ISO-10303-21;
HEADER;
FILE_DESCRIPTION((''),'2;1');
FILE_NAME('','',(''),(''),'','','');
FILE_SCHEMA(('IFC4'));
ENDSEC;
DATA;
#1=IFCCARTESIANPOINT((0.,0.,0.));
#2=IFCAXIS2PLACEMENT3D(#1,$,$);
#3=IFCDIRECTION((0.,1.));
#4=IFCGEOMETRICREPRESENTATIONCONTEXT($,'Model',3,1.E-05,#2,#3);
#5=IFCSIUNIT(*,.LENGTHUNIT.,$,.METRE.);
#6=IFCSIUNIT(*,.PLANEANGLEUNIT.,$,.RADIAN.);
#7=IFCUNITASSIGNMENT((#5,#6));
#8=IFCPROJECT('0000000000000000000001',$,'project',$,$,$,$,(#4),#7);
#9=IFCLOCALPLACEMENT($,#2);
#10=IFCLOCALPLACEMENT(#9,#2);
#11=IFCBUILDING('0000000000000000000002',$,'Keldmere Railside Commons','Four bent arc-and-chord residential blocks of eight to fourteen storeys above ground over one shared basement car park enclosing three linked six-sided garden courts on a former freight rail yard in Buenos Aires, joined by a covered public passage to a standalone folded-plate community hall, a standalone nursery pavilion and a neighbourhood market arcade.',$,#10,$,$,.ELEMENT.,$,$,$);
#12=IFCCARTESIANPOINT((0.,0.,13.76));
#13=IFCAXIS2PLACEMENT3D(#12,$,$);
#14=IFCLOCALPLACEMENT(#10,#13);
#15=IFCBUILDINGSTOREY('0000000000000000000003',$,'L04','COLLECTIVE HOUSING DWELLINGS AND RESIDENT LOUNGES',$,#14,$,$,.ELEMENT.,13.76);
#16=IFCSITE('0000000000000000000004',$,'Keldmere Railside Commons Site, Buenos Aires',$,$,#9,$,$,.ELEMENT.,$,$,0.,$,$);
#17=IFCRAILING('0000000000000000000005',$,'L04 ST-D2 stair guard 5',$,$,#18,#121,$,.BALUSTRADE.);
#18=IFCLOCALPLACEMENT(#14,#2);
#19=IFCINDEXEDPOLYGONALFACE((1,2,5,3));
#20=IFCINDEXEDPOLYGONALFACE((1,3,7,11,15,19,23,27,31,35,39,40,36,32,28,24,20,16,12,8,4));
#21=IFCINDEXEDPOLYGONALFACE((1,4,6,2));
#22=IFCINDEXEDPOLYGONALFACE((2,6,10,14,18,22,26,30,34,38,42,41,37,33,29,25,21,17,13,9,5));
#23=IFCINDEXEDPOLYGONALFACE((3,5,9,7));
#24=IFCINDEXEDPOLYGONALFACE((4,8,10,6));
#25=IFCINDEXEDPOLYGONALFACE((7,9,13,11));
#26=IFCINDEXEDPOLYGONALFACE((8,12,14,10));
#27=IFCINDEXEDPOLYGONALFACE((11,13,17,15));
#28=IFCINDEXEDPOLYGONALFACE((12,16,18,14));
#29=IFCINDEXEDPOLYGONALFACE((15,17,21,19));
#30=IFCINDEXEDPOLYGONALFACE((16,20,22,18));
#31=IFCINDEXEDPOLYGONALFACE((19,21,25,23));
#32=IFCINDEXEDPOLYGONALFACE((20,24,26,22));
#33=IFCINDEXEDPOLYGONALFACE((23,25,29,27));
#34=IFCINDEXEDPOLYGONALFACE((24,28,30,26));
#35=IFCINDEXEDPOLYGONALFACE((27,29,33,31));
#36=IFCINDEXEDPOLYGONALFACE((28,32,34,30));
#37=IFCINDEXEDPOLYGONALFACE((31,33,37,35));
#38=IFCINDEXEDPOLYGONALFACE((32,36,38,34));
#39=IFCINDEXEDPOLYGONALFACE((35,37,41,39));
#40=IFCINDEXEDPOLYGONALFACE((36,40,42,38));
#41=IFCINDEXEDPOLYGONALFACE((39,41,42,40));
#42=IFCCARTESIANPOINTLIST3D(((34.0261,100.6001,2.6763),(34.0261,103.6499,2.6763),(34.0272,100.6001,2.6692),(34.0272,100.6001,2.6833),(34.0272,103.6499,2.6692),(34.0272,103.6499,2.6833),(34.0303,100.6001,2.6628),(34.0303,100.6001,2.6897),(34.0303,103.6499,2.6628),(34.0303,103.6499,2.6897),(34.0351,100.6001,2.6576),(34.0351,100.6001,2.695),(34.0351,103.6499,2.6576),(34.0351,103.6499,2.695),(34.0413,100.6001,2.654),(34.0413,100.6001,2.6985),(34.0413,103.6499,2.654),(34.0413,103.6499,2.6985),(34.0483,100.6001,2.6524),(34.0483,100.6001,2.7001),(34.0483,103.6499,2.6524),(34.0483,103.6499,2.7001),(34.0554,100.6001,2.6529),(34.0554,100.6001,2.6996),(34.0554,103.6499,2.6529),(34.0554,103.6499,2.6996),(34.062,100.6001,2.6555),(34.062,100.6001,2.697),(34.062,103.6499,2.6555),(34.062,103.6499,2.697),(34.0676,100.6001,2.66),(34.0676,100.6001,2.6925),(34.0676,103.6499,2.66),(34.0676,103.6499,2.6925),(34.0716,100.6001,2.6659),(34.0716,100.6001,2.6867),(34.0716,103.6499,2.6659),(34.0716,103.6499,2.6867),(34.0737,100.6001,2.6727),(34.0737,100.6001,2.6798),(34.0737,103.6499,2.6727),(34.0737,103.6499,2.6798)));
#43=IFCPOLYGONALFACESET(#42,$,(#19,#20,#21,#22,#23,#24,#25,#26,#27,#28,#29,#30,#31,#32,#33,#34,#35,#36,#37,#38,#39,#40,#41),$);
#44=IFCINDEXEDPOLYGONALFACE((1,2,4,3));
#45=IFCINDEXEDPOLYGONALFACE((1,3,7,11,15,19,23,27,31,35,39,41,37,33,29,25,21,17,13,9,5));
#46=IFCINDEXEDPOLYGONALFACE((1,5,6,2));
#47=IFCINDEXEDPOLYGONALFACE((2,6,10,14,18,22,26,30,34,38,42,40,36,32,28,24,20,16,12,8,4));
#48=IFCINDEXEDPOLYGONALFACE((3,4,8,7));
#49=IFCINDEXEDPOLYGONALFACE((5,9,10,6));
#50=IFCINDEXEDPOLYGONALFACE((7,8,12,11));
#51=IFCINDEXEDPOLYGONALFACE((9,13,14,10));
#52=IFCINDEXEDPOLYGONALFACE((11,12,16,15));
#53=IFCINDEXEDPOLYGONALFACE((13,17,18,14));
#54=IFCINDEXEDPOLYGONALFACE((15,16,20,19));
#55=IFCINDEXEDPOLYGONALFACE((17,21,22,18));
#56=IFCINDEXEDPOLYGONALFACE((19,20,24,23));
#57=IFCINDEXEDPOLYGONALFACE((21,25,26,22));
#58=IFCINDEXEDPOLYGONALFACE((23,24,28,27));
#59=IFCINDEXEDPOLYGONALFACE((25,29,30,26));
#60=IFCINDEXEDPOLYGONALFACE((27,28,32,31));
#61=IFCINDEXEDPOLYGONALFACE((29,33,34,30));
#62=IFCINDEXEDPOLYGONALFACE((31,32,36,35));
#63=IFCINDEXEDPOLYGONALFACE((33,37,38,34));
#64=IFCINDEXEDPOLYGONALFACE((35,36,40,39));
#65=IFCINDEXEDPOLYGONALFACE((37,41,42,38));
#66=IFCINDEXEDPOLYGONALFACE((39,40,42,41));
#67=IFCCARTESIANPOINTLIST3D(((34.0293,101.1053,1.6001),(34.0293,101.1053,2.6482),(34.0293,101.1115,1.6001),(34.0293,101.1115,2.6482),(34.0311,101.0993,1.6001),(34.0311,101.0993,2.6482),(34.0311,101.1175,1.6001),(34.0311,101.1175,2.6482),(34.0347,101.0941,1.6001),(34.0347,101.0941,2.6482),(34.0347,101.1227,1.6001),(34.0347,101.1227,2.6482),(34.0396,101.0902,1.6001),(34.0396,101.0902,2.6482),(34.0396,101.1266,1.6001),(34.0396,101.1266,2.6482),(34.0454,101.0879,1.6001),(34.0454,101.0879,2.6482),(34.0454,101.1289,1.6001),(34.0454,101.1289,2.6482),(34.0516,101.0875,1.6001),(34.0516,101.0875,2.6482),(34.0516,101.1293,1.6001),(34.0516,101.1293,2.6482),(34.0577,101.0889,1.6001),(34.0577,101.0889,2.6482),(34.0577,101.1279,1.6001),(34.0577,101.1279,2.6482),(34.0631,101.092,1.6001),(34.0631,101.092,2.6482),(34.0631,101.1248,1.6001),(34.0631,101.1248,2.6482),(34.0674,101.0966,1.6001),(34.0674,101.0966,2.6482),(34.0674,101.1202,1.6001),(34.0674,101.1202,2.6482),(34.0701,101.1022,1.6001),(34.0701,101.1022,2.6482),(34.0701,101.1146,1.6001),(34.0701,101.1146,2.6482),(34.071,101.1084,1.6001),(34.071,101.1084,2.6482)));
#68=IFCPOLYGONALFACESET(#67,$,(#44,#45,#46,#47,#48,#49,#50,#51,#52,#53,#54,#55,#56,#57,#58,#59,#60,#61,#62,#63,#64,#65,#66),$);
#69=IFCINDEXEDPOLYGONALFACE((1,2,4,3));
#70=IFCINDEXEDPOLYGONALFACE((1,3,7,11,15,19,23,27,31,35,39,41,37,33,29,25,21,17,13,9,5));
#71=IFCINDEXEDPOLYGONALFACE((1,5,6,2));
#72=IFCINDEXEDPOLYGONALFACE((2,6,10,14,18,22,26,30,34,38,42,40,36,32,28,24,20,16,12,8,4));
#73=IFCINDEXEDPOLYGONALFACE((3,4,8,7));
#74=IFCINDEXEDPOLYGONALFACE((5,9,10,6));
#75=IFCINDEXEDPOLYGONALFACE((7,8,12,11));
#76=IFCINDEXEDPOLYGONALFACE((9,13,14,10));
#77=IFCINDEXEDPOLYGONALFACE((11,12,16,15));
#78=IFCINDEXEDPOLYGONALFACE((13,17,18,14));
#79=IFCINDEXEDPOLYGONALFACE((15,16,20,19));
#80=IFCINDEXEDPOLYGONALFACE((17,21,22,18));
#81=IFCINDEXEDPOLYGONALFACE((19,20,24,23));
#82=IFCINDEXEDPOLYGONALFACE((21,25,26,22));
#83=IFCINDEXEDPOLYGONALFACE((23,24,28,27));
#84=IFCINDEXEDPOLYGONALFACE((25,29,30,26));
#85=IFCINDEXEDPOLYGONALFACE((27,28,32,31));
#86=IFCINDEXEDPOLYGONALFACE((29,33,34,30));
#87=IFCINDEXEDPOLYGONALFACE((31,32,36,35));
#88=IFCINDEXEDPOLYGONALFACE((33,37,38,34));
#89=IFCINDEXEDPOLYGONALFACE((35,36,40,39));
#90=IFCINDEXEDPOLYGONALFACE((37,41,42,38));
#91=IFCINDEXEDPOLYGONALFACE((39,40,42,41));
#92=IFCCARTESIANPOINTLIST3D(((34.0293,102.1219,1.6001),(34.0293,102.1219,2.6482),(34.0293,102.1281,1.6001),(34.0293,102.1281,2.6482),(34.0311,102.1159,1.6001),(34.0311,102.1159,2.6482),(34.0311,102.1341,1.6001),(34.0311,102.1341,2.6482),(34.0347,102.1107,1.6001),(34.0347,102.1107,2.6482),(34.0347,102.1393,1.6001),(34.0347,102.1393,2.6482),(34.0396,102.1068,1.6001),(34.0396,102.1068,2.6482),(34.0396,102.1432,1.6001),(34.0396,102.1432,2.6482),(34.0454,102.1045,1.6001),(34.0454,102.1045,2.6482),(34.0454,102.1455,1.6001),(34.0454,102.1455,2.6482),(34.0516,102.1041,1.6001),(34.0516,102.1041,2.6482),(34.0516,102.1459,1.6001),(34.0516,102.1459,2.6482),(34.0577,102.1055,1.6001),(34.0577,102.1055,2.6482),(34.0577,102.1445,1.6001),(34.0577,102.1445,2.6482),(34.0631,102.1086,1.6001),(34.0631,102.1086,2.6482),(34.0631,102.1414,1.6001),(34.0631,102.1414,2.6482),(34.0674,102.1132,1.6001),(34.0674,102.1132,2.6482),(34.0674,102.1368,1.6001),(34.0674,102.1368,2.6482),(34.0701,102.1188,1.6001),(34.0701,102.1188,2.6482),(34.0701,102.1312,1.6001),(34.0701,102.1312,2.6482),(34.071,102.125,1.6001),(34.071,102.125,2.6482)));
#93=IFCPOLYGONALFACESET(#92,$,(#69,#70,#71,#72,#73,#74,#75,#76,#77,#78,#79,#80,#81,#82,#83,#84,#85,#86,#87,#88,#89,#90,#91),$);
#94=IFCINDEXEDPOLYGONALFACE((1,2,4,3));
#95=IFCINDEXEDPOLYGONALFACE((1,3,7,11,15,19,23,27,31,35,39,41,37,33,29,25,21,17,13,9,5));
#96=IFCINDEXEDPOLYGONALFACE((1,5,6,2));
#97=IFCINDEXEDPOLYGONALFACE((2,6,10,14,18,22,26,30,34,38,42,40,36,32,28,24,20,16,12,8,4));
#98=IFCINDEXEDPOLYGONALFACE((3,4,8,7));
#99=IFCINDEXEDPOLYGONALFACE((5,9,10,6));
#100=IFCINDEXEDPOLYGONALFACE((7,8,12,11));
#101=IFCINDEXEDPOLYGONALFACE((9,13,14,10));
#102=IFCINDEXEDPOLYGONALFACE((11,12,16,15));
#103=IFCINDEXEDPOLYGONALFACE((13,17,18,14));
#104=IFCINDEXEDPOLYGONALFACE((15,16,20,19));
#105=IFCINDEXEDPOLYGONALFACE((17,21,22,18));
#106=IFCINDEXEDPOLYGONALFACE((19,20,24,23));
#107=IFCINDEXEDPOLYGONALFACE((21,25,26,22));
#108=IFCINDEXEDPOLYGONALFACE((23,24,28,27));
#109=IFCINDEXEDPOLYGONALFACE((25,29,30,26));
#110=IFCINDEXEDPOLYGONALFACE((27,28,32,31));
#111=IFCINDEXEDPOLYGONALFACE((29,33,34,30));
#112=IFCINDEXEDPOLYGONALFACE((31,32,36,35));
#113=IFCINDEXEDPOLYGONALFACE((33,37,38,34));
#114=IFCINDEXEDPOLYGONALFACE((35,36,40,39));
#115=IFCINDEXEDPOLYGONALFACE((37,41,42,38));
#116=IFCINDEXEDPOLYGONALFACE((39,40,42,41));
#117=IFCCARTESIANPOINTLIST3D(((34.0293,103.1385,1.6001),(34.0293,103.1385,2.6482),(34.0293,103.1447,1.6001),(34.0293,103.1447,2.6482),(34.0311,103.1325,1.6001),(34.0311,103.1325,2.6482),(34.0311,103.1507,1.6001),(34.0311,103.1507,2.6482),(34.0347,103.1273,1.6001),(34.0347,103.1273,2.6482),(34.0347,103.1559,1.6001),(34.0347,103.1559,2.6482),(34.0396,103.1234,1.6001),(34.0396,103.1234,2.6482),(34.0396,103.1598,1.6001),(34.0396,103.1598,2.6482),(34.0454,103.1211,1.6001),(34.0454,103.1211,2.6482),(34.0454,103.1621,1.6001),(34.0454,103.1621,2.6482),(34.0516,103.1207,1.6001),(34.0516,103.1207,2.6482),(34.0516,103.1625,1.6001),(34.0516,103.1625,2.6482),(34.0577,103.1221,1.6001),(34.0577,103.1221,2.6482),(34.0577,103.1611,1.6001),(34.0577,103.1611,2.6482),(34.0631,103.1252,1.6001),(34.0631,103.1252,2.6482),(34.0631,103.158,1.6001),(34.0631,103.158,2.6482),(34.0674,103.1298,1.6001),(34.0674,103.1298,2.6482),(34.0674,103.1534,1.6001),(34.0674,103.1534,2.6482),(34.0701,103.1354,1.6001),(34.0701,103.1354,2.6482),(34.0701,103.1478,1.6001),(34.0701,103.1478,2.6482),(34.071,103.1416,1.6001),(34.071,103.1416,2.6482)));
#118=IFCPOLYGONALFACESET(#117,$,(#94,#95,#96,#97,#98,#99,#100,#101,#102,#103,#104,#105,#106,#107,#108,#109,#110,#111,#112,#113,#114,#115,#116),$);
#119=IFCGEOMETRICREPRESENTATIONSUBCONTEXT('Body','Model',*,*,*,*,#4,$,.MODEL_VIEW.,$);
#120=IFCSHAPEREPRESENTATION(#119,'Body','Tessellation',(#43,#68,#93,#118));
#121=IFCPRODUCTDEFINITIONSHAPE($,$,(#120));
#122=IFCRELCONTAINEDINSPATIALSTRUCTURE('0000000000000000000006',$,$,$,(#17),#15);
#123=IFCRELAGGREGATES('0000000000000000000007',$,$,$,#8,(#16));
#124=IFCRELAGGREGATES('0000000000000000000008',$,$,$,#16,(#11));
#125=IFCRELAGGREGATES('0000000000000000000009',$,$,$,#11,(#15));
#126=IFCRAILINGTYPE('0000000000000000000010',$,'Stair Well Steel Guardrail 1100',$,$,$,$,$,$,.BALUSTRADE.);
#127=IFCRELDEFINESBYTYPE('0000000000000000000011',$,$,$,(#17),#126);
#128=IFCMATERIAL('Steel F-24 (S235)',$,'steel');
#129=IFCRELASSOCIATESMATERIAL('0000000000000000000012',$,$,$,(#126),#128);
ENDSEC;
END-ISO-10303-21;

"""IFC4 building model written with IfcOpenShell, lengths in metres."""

from ifc_helpers import new_model, si_unit, direction, frame, origin, origin_2d, place, context, subcontext, project, spatial, circle, extrude, material, type_object, element, save


model = new_model("IFC4")

# Units and contexts
model_context = context("Model", 3, precision=1e-05, world=origin(), true_north=direction((0.0, 1.0)))
body_context = subcontext(model_context, "Body", "Model", "MODEL_VIEW")
ifc_project = project(units=[si_unit("LENGTHUNIT", "METRE"), si_unit("PLANEANGLEUNIT", "RADIAN")], contexts=[model_context])

# Site, building, storey
site_placement = place(None, origin())
site = spatial("IfcSite", under=ifc_project, at=site_placement, Name="Keldmere Railside Commons Site, Buenos Aires", CompositionType="ELEMENT", RefElevation=0.0)
building_placement = place(site_placement, origin())
building = spatial("IfcBuilding", under=site, at=building_placement, Name="Keldmere Railside Commons", Description="Four bent arc-and-chord residential blocks of eight to fourteen storeys above ground over one shared basement car park enclosing three linked six-sided garden courts on a former freight rail yard in Buenos Aires, joined by a covered public passage to a standalone folded-plate community hall, a standalone nursery pavilion and a neighbourhood market arcade.", CompositionType="ELEMENT")
storey_placement = place(building_placement, frame((0.0, 0.0, 13.76)))
storey = spatial("IfcBuildingStorey", under=building, at=storey_placement, Name="L04", Description="COLLECTIVE HOUSING DWELLINGS AND RESIDENT LOUNGES", CompositionType="ELEMENT", Elevation=13.76)

# Railing
ifc_material_1 = material(Name="Steel F-24 (S235)", Category="steel")
railing_type_1 = type_object("IfcRailingType", Name="Stair Well Steel Guardrail 1100", PredefinedType="BALUSTRADE", material=ifc_material_1)
railing_1_placement = place(storey_placement, frame((34.05, 100.6001, 1.6001)))
element("IfcRailing", 1, at=railing_1_placement, inside=storey, type_object=railing_type_1, Name="L04 ST-D2 stair guard 5", PredefinedType="BALUSTRADE", context=body_context, shape_type="SweptSolid", body=[
    extrude(circle(Radius=0.0239, at=origin_2d()), frame((0.0, 0.0, 1.0762), z_axis=(0.0, 1.0, 0.0), x_axis=(-1.0, 0.0, 0.0)), (0.0, 0.0, 1.0), 3.0498),
    extrude(circle(Radius=0.021, at=origin_2d()), frame((0.0, 0.5083, 0.0)), (0.0, 0.0, 1.0), 1.0481),
    extrude(circle(Radius=0.021, at=origin_2d()), frame((0.0, 1.5249, 0.0)), (0.0, 0.0, 1.0), 1.0481),
    extrude(circle(Radius=0.021, at=origin_2d()), frame((0.0, 2.5415, 0.0)), (0.0, 0.0, 1.0), 1.0481),
])

save(model, "model.ifc")
